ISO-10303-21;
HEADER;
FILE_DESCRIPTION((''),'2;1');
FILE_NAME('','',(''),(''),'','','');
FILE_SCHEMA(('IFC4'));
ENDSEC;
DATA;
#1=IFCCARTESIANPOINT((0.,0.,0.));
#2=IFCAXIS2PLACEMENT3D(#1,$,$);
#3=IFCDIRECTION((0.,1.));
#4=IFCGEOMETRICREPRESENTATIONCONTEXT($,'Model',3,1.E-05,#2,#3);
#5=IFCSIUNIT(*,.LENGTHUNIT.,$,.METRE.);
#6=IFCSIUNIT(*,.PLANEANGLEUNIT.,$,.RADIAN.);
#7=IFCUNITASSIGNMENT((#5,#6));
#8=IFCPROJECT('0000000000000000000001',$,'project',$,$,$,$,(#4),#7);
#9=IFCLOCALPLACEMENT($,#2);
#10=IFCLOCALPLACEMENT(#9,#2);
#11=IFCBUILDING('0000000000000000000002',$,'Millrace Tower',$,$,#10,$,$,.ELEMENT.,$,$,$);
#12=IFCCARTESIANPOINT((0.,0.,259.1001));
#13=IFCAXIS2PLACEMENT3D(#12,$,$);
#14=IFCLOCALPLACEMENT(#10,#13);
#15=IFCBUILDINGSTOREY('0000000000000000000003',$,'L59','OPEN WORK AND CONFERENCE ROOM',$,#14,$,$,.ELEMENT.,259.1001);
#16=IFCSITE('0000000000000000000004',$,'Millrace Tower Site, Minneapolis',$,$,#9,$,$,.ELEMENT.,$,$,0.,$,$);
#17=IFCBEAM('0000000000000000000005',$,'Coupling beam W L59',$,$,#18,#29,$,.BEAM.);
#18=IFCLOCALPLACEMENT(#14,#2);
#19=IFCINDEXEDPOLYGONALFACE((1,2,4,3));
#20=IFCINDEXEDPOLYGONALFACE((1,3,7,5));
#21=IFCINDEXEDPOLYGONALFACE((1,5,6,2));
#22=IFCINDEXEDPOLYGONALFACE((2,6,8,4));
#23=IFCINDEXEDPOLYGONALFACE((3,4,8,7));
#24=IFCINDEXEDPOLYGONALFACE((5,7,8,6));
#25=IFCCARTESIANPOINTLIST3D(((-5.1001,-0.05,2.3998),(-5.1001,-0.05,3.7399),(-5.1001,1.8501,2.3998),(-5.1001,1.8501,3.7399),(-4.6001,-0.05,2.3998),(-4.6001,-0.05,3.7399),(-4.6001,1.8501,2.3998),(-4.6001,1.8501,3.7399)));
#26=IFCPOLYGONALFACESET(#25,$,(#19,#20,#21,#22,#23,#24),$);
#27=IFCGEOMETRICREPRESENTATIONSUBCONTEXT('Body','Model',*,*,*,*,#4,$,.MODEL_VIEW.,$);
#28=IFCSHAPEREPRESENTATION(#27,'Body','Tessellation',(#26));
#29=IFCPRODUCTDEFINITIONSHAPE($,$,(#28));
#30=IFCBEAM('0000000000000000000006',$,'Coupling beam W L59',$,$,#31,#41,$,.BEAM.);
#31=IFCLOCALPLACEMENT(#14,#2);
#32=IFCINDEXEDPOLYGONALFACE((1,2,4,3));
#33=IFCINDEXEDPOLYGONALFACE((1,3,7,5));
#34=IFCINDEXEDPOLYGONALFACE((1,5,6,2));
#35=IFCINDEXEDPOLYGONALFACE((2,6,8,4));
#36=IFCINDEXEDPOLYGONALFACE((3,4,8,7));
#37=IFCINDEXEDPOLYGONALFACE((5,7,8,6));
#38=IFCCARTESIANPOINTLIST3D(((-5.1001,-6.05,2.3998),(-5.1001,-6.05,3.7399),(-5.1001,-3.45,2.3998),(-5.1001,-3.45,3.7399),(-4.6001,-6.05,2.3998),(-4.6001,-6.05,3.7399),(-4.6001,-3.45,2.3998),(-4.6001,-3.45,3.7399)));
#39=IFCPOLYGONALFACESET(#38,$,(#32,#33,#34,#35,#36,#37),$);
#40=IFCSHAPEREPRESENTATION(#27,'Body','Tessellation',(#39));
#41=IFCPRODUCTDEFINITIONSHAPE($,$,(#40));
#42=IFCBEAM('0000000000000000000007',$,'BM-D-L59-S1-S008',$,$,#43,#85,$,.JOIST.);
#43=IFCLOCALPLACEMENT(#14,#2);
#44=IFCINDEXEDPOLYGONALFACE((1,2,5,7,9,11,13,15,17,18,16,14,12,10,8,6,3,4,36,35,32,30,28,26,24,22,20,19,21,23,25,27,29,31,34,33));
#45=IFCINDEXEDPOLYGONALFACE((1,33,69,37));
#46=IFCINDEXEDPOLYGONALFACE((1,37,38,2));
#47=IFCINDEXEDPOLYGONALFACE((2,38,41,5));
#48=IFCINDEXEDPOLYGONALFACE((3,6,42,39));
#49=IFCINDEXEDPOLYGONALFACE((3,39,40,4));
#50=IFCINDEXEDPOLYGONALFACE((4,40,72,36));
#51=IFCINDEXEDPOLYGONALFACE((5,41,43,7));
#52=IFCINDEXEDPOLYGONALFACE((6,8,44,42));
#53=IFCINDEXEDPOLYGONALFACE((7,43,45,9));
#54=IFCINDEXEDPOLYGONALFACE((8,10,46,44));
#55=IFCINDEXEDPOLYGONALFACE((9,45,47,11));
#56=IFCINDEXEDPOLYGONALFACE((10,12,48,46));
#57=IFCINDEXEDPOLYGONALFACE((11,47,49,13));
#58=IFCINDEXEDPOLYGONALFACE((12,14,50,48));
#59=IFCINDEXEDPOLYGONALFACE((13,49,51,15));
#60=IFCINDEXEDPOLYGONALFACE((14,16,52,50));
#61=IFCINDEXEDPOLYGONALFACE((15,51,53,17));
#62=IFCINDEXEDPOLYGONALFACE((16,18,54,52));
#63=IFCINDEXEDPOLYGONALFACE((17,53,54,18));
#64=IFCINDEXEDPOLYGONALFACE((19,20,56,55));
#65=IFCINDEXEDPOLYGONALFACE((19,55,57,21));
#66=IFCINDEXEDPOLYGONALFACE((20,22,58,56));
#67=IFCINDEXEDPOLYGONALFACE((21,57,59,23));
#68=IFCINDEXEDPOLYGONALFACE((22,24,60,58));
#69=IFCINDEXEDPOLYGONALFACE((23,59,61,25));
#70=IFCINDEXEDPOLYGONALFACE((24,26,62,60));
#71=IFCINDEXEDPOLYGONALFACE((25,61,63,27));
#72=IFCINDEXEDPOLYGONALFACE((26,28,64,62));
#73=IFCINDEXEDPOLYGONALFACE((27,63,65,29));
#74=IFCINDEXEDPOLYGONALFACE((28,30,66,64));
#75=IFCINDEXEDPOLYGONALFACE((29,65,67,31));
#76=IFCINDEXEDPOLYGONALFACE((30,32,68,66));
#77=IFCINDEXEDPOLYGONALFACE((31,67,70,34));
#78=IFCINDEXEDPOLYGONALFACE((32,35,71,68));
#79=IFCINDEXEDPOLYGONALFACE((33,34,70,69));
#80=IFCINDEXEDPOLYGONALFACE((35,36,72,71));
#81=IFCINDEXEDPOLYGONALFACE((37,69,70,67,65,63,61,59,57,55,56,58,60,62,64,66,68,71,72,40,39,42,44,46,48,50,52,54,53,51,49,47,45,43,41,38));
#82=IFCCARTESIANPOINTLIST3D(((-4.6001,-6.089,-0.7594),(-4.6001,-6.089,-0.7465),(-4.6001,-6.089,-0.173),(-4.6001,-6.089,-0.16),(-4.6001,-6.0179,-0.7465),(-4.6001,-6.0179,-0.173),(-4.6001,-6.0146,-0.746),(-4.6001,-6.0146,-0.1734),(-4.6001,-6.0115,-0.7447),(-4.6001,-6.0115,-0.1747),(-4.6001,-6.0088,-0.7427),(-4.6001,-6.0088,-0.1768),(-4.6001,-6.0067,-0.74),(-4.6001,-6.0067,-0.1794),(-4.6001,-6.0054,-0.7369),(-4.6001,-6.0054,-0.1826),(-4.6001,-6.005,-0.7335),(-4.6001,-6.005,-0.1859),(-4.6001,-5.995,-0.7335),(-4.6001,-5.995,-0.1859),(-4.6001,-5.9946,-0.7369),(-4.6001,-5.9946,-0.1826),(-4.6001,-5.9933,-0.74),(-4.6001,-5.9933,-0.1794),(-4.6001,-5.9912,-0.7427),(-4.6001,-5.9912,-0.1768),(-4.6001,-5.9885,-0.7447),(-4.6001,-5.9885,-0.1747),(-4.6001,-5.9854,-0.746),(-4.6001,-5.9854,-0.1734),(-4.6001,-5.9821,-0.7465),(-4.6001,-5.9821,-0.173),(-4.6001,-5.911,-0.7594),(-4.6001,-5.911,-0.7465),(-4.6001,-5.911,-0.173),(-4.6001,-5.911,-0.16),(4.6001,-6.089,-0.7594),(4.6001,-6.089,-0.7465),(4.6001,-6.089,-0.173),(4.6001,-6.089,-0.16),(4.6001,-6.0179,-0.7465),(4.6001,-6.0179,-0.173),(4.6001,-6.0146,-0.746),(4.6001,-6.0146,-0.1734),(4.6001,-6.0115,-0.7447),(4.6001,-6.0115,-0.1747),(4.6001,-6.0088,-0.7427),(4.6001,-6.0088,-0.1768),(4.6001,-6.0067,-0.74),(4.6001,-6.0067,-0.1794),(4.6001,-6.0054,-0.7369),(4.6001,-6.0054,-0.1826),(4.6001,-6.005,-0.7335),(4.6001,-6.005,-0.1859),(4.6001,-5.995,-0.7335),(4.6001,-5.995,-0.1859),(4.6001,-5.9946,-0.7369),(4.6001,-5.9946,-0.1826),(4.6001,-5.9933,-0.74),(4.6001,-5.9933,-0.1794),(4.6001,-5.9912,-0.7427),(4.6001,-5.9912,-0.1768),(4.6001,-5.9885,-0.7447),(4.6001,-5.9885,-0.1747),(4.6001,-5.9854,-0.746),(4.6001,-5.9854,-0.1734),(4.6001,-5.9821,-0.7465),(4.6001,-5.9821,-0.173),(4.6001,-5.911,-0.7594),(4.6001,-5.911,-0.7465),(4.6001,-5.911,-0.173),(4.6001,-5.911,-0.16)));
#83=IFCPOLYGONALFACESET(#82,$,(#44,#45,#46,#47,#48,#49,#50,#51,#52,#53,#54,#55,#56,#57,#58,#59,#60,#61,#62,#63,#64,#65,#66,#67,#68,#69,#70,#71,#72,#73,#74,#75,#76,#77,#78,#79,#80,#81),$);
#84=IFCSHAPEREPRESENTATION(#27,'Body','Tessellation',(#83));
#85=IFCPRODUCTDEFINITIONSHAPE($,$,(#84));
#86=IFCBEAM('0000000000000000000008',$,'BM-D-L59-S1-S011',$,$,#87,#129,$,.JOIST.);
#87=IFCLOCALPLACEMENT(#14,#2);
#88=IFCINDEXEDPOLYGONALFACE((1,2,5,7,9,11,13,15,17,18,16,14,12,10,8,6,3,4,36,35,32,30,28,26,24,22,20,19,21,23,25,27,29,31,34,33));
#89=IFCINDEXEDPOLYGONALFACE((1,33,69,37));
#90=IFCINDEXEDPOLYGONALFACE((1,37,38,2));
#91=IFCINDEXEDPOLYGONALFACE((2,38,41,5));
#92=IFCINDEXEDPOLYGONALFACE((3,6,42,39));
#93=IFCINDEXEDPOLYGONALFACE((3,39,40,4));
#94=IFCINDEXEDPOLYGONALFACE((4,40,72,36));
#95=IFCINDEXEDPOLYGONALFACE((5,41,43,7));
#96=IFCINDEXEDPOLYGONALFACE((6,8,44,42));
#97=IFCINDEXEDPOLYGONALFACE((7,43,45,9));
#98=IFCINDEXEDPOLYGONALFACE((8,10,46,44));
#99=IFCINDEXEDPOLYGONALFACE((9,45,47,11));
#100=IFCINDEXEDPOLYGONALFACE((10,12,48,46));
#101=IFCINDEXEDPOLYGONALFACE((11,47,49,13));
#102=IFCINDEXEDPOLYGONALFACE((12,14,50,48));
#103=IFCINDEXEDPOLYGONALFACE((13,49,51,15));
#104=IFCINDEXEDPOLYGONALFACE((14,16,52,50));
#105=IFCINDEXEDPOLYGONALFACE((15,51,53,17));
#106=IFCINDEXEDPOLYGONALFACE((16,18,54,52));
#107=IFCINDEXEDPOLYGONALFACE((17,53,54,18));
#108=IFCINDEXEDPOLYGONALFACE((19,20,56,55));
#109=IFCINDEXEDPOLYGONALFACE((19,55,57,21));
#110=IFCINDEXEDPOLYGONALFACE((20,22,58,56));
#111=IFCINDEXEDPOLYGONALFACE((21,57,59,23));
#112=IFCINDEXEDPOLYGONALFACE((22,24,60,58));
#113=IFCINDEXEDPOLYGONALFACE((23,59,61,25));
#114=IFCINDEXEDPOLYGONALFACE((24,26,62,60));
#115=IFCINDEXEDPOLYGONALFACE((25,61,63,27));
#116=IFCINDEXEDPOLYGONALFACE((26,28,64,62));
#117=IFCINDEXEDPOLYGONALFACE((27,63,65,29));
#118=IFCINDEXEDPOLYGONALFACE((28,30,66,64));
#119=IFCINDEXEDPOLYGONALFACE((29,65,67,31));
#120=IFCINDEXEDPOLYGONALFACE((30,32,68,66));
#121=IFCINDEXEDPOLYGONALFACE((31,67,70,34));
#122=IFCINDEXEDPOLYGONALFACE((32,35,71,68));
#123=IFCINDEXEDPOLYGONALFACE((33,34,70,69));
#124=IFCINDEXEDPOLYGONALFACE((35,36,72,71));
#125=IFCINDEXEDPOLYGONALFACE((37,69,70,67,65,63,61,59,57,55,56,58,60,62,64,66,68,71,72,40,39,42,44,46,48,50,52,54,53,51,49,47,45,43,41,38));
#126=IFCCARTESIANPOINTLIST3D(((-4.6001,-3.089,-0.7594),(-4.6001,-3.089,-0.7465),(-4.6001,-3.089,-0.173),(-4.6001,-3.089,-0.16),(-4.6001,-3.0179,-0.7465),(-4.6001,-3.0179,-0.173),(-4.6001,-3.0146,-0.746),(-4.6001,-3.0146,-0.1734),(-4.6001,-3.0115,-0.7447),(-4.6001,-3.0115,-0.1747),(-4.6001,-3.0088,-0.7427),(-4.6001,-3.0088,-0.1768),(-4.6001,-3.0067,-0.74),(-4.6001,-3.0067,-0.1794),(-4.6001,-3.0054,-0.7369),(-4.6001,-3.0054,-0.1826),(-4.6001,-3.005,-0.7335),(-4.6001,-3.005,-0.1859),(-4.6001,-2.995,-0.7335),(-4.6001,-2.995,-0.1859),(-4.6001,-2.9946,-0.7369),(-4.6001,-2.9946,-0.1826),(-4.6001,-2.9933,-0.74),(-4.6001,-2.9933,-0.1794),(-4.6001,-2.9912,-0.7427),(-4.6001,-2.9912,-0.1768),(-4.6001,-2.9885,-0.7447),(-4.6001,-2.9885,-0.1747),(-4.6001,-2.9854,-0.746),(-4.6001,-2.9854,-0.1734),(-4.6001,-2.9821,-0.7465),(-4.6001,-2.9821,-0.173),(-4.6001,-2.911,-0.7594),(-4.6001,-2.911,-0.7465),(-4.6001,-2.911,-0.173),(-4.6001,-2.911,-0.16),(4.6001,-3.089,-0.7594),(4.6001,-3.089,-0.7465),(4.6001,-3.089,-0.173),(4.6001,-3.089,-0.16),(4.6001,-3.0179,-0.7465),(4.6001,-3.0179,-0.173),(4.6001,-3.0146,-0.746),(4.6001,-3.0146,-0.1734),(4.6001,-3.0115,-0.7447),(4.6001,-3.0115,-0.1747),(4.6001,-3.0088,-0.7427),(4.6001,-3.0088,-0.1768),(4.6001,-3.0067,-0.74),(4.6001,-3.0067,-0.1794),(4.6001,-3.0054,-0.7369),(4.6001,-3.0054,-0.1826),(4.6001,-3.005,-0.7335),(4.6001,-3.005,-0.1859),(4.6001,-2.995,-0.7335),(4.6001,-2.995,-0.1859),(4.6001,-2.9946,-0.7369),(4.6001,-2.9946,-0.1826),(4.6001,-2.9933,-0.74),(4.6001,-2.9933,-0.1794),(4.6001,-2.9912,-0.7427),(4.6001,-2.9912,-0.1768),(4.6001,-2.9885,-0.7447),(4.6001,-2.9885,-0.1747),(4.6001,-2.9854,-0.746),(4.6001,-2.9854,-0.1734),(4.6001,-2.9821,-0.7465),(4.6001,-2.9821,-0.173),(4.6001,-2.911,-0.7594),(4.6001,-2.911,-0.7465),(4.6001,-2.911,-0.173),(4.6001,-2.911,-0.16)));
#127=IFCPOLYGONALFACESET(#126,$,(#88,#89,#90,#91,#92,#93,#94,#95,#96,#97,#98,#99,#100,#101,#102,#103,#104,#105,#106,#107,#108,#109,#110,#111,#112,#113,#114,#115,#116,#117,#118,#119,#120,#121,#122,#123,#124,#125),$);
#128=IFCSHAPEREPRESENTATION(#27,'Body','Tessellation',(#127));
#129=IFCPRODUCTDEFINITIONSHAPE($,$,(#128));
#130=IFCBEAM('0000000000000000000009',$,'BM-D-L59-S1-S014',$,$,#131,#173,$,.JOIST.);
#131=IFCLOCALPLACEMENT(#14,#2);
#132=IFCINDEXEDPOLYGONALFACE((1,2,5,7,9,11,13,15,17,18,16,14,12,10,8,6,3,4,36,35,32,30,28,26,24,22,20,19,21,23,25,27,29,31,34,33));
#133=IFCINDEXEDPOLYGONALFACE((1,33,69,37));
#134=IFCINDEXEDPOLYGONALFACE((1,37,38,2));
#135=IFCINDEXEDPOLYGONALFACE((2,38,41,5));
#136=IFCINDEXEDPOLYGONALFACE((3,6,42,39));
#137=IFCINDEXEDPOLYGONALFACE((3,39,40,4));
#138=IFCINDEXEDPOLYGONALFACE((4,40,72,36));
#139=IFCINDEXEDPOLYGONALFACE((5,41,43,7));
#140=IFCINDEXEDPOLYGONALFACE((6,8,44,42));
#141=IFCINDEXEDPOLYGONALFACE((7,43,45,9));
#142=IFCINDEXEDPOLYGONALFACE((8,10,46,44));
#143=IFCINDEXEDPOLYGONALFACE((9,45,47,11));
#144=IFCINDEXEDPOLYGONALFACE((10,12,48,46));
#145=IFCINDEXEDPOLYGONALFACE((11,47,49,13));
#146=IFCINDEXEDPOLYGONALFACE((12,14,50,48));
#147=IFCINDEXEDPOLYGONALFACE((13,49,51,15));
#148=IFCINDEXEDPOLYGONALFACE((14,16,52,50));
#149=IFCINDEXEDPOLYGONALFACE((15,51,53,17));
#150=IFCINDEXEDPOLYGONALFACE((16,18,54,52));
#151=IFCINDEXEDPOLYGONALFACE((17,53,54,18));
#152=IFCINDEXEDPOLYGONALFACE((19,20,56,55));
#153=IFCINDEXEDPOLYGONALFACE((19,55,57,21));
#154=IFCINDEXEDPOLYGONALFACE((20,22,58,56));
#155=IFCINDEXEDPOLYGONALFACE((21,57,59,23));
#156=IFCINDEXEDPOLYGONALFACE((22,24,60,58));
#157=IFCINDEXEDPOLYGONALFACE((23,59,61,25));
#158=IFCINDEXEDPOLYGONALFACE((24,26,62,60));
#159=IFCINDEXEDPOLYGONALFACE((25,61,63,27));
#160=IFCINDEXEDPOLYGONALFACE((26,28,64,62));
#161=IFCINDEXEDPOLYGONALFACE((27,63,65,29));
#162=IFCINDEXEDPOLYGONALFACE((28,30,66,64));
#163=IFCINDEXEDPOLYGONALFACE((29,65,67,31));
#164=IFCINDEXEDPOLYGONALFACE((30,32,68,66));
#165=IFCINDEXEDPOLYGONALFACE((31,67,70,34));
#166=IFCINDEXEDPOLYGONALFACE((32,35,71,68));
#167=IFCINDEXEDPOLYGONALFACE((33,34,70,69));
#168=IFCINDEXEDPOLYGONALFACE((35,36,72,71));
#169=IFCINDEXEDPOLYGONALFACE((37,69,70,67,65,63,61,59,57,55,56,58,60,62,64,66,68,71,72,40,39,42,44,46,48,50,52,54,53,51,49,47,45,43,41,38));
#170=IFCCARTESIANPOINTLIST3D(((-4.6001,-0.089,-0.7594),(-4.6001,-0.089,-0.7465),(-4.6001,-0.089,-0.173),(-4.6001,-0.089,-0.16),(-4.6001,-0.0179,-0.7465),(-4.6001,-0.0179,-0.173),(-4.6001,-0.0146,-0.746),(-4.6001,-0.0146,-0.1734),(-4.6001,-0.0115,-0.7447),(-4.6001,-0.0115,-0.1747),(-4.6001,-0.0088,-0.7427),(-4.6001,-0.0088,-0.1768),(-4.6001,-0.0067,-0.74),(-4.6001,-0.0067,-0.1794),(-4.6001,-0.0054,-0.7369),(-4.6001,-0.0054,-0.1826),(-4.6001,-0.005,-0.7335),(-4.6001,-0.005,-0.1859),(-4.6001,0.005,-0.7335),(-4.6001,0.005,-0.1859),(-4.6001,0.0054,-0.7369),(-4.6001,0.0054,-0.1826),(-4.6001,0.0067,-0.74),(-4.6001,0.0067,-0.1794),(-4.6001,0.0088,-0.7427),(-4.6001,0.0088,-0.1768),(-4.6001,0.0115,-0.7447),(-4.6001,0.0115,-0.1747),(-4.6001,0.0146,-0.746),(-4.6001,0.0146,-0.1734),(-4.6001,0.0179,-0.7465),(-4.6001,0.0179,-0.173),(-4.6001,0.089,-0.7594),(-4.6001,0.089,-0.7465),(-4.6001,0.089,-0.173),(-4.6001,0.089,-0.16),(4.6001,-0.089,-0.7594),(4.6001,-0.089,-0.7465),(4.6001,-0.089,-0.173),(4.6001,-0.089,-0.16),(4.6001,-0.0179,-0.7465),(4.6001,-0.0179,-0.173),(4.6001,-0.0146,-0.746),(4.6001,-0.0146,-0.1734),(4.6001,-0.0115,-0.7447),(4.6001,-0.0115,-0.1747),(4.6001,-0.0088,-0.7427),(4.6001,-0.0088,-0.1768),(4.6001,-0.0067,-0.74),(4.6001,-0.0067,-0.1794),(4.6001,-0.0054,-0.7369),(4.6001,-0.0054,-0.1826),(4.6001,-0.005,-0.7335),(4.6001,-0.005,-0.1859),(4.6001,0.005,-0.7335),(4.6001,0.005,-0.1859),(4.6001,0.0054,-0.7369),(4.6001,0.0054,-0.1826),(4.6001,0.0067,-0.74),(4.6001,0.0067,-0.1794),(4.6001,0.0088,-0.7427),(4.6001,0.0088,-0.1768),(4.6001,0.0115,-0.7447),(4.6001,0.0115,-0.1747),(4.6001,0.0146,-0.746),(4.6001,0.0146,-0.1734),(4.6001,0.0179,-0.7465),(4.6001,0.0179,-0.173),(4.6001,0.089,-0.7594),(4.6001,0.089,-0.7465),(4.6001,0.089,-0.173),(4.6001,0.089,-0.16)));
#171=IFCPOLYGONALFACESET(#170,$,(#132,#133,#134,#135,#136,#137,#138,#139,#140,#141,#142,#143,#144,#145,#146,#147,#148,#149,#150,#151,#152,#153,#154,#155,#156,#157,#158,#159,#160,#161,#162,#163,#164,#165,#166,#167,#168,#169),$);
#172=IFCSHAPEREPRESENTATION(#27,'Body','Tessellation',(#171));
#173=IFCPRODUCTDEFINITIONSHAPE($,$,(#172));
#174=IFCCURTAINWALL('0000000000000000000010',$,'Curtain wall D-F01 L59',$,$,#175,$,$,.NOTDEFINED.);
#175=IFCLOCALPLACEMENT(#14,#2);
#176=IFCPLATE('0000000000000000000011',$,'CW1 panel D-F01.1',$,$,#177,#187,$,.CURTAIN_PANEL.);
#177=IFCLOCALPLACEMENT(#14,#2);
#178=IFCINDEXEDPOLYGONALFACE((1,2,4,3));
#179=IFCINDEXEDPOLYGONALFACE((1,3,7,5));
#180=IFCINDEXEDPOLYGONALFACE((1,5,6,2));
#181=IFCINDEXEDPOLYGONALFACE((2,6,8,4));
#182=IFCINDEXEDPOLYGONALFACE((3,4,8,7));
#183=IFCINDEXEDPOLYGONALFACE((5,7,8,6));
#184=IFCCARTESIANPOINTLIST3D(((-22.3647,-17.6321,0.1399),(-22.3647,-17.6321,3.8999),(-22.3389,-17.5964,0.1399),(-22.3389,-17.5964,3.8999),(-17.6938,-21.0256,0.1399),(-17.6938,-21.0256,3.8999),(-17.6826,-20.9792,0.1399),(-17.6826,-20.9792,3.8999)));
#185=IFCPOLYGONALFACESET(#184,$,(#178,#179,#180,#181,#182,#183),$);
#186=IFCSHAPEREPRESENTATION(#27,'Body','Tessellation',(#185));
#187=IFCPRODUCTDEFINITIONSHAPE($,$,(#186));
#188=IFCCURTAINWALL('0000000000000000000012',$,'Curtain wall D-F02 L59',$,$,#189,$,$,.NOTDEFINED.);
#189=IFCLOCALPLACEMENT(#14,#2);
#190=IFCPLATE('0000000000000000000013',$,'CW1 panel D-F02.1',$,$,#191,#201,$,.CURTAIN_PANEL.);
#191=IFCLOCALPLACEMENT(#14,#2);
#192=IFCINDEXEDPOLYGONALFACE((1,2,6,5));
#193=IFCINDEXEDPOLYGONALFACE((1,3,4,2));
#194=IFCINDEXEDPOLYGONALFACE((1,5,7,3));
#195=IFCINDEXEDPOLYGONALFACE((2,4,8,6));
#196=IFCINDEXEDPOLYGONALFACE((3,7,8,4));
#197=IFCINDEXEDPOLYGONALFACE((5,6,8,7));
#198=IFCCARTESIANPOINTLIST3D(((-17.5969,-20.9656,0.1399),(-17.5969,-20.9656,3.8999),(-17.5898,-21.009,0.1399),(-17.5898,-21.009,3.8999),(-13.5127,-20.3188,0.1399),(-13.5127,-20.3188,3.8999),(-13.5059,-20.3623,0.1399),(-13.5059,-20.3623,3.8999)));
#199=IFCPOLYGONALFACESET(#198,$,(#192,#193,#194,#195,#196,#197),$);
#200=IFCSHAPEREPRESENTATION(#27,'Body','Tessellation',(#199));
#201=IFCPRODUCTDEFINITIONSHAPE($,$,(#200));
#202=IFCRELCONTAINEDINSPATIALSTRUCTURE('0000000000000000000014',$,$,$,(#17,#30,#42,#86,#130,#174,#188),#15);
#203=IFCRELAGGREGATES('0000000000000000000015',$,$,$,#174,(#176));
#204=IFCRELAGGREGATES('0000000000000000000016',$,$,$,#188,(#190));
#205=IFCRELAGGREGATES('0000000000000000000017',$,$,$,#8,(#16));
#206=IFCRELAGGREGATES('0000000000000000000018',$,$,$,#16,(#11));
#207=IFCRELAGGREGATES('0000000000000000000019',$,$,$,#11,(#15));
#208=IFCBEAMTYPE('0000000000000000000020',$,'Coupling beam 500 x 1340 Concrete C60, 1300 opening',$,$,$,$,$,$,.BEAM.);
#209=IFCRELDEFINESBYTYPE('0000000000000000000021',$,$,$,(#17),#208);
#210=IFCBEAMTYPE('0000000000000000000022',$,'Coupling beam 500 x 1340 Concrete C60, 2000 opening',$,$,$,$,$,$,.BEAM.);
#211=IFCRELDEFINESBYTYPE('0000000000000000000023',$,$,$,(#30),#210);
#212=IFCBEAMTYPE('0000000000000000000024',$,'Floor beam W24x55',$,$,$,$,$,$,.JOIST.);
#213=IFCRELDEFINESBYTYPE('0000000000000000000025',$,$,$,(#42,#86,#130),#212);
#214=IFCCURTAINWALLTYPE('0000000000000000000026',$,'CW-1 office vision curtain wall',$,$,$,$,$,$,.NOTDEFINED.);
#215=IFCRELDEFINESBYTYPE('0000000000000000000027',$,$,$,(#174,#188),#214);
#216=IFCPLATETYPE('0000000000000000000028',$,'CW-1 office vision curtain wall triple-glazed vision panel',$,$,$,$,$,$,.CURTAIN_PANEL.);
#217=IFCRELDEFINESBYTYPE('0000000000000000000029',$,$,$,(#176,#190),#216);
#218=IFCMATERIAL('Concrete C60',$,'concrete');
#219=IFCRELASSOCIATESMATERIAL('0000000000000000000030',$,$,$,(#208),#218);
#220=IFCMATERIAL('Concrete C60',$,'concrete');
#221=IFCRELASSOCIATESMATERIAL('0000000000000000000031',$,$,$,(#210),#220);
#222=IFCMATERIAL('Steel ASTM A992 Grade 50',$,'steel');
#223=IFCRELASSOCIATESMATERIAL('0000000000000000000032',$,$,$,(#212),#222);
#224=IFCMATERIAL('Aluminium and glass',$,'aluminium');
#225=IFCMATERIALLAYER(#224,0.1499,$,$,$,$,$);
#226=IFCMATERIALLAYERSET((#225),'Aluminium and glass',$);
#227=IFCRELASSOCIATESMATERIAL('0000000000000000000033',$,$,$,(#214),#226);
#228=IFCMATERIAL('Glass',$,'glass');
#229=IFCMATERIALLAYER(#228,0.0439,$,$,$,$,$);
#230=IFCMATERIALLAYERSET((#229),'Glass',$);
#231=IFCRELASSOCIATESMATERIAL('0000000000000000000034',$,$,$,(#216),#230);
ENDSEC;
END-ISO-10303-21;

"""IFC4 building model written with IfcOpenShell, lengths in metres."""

from ifc_helpers import new_model, si_unit, direction, frame, origin, origin_2d, place, context, subcontext, project, spatial, polyline, rectangle, i_section, outline, extrude, material, layer, layer_set, material_profile, profile_set, type_object, element, aggregate, save


model = new_model("IFC4")

# Units and contexts
model_context = context("Model", 3, precision=1e-05, world=origin(), true_north=direction((0.0, 1.0)))
body_context = subcontext(model_context, "Body", "Model", "MODEL_VIEW")
ifc_project = project(units=[si_unit("LENGTHUNIT", "METRE"), si_unit("PLANEANGLEUNIT", "RADIAN")], contexts=[model_context])

# Site, building, storey
site_placement = place(None, origin())
site = spatial("IfcSite", under=ifc_project, at=site_placement, Name="Millrace Tower Site, Minneapolis", CompositionType="ELEMENT", RefElevation=0.0)
building_placement = place(site_placement, origin())
building = spatial("IfcBuilding", under=site, at=building_placement, Name="Millrace Tower", CompositionType="ELEMENT")
storey_placement = place(building_placement, frame((0.0, 0.0, 259.1001)))
storey = spatial("IfcBuildingStorey", under=building, at=storey_placement, Name="L59", Description="OPEN WORK AND CONFERENCE ROOM", CompositionType="ELEMENT", Elevation=259.1001)

# Beams
ifc_material_1 = material(Name="Concrete C60", Category="concrete")
ifc_material_profile_1 = material_profile(ifc_material_1, rectangle(XDim=0.5, YDim=1.3401, at=origin_2d()))
ifc_profile_set_1 = profile_set([ifc_material_profile_1], Name="Concrete C60")
beam_type_1 = type_object("IfcBeamType", Name="Coupling beam 500 x 1340 Concrete C60, 1300 opening", PredefinedType="BEAM", material=ifc_profile_set_1)
beam_1_placement = place(storey_placement, frame((-4.8501, -0.05, 3.0698), z_axis=(0.0, 1.0, 0.0), x_axis=(-1.0, 0.0, 0.0)))
element("IfcBeam", 1, at=beam_1_placement, inside=storey, type_object=beam_type_1, Name="Coupling beam W L59", PredefinedType="BEAM", context=body_context, shape_type="SweptSolid", body=[
    extrude(rectangle(XDim=0.5, YDim=1.3401, at=origin_2d()), origin(), (0.0, 0.0, 1.0), 1.9001),
])
ifc_material_2 = material(Name="Concrete C60", Category="concrete")
ifc_material_profile_2 = material_profile(ifc_material_2, rectangle(XDim=0.5, YDim=1.3401, at=origin_2d()))
ifc_profile_set_2 = profile_set([ifc_material_profile_2], Name="Concrete C60")
beam_type_2 = type_object("IfcBeamType", Name="Coupling beam 500 x 1340 Concrete C60, 2000 opening", PredefinedType="BEAM", material=ifc_profile_set_2)
beam_2_placement = place(storey_placement, frame((-4.8501, -6.05, 3.0698), z_axis=(0.0, 1.0, 0.0), x_axis=(-1.0, 0.0, 0.0)))
element("IfcBeam", 2, at=beam_2_placement, inside=storey, type_object=beam_type_2, Name="Coupling beam W L59", PredefinedType="BEAM", context=body_context, shape_type="SweptSolid", body=[
    extrude(rectangle(XDim=0.5, YDim=1.3401, at=origin_2d()), origin(), (0.0, 0.0, 1.0), 2.6001),
])
ifc_material_3 = material(Name="Steel ASTM A992 Grade 50", Category="steel")
ifc_material_profile_3 = material_profile(ifc_material_3, i_section(OverallWidth=0.178, OverallDepth=0.5994, WebThickness=0.01, FlangeThickness=0.0129, FilletRadius=0.0129, at=origin_2d()))
ifc_profile_set_3 = profile_set([ifc_material_profile_3], Name="Steel ASTM A992 Grade 50")
beam_type_3 = type_object("IfcBeamType", Name="Floor beam W24x55", PredefinedType="JOIST", material=ifc_profile_set_3)
for number, where, z_axis, x_axis, name in (
    (3, (-4.6001, -6.0, -0.4597), (1.0, 0.0, 0.0), (0.0, 1.0, 0.0), "BM-D-L59-S1-S008"),
    (4, (-4.6001, -3.0, -0.4597), (1.0, 0.0, 0.0), (0.0, 1.0, 0.0), "BM-D-L59-S1-S011"),
    (5, (-4.6001, 0.0, -0.4597), (1.0, 0.0, 0.0), (0.0, 1.0, 0.0), "BM-D-L59-S1-S014"),
):
    element("IfcBeam", number, at=place(storey_placement, frame(where, z_axis=z_axis, x_axis=x_axis)), inside=storey, type_object=beam_type_3, Name=name, PredefinedType="JOIST", context=body_context, shape_type="SweptSolid", body=[
        extrude(i_section(OverallWidth=0.178, OverallDepth=0.5994, WebThickness=0.01, FlangeThickness=0.0129, FilletRadius=0.0129, at=origin_2d()), origin(), (0.0, 0.0, 1.0), 9.2002),
    ])

# Curtain wall, plate
ifc_material_4 = material(Name="Aluminium and glass", Category="aluminium")
ifc_layer_1 = layer(ifc_material_4, 0.1499)
ifc_layer_set_1 = layer_set([ifc_layer_1], Name="Aluminium and glass")
curtain_wall_type = type_object("IfcCurtainWallType", Name="CW-1 office vision curtain wall", PredefinedType="NOTDEFINED", material=ifc_layer_set_1)
placement_1 = place(storey_placement, origin())
curtain_wall_1 = element("IfcCurtainWall", 6, at=placement_1, inside=storey, type_object=curtain_wall_type, Name="Curtain wall D-F01 L59", PredefinedType="NOTDEFINED")
ifc_material_5 = material(Name="Glass", Category="glass")
ifc_layer_2 = layer(ifc_material_5, 0.0439)
ifc_layer_set_2 = layer_set([ifc_layer_2], Name="Glass")
plate_type = type_object("IfcPlateType", Name="CW-1 office vision curtain wall triple-glazed vision panel", PredefinedType="CURTAIN_PANEL", material=ifc_layer_set_2)
placement_2 = place(storey_placement, frame((0.0, 0.0, 0.1399)))
plate_1 = element("IfcPlate", 7, at=placement_2, type_object=plate_type, Name="CW1 panel D-F01.1", PredefinedType="CURTAIN_PANEL", context=body_context, shape_type="SweptSolid", body=[
    extrude(outline(polyline([(-22.3647, -17.6321), (-17.6938, -21.0256), (-17.6826, -20.9792), (-22.3389, -17.5964), (-22.3647, -17.6321)])), origin(), (0.0, 0.0, 1.0), 3.76),
])
aggregate(curtain_wall_1, [plate_1])

# Curtain wall, plate
curtain_wall_2 = element("IfcCurtainWall", 8, at=placement_1, inside=storey, type_object=curtain_wall_type, Name="Curtain wall D-F02 L59", PredefinedType="NOTDEFINED")
plate_2 = element("IfcPlate", 9, at=placement_2, type_object=plate_type, Name="CW1 panel D-F02.1", PredefinedType="CURTAIN_PANEL", context=body_context, shape_type="SweptSolid", body=[
    extrude(outline(polyline([(-17.5898, -21.009), (-13.5059, -20.3623), (-13.5127, -20.3188), (-17.5969, -20.9656), (-17.5898, -21.009)])), origin(), (0.0, 0.0, 1.0), 3.76),
])
aggregate(curtain_wall_2, [plate_2])

save(model, "model.ifc")
